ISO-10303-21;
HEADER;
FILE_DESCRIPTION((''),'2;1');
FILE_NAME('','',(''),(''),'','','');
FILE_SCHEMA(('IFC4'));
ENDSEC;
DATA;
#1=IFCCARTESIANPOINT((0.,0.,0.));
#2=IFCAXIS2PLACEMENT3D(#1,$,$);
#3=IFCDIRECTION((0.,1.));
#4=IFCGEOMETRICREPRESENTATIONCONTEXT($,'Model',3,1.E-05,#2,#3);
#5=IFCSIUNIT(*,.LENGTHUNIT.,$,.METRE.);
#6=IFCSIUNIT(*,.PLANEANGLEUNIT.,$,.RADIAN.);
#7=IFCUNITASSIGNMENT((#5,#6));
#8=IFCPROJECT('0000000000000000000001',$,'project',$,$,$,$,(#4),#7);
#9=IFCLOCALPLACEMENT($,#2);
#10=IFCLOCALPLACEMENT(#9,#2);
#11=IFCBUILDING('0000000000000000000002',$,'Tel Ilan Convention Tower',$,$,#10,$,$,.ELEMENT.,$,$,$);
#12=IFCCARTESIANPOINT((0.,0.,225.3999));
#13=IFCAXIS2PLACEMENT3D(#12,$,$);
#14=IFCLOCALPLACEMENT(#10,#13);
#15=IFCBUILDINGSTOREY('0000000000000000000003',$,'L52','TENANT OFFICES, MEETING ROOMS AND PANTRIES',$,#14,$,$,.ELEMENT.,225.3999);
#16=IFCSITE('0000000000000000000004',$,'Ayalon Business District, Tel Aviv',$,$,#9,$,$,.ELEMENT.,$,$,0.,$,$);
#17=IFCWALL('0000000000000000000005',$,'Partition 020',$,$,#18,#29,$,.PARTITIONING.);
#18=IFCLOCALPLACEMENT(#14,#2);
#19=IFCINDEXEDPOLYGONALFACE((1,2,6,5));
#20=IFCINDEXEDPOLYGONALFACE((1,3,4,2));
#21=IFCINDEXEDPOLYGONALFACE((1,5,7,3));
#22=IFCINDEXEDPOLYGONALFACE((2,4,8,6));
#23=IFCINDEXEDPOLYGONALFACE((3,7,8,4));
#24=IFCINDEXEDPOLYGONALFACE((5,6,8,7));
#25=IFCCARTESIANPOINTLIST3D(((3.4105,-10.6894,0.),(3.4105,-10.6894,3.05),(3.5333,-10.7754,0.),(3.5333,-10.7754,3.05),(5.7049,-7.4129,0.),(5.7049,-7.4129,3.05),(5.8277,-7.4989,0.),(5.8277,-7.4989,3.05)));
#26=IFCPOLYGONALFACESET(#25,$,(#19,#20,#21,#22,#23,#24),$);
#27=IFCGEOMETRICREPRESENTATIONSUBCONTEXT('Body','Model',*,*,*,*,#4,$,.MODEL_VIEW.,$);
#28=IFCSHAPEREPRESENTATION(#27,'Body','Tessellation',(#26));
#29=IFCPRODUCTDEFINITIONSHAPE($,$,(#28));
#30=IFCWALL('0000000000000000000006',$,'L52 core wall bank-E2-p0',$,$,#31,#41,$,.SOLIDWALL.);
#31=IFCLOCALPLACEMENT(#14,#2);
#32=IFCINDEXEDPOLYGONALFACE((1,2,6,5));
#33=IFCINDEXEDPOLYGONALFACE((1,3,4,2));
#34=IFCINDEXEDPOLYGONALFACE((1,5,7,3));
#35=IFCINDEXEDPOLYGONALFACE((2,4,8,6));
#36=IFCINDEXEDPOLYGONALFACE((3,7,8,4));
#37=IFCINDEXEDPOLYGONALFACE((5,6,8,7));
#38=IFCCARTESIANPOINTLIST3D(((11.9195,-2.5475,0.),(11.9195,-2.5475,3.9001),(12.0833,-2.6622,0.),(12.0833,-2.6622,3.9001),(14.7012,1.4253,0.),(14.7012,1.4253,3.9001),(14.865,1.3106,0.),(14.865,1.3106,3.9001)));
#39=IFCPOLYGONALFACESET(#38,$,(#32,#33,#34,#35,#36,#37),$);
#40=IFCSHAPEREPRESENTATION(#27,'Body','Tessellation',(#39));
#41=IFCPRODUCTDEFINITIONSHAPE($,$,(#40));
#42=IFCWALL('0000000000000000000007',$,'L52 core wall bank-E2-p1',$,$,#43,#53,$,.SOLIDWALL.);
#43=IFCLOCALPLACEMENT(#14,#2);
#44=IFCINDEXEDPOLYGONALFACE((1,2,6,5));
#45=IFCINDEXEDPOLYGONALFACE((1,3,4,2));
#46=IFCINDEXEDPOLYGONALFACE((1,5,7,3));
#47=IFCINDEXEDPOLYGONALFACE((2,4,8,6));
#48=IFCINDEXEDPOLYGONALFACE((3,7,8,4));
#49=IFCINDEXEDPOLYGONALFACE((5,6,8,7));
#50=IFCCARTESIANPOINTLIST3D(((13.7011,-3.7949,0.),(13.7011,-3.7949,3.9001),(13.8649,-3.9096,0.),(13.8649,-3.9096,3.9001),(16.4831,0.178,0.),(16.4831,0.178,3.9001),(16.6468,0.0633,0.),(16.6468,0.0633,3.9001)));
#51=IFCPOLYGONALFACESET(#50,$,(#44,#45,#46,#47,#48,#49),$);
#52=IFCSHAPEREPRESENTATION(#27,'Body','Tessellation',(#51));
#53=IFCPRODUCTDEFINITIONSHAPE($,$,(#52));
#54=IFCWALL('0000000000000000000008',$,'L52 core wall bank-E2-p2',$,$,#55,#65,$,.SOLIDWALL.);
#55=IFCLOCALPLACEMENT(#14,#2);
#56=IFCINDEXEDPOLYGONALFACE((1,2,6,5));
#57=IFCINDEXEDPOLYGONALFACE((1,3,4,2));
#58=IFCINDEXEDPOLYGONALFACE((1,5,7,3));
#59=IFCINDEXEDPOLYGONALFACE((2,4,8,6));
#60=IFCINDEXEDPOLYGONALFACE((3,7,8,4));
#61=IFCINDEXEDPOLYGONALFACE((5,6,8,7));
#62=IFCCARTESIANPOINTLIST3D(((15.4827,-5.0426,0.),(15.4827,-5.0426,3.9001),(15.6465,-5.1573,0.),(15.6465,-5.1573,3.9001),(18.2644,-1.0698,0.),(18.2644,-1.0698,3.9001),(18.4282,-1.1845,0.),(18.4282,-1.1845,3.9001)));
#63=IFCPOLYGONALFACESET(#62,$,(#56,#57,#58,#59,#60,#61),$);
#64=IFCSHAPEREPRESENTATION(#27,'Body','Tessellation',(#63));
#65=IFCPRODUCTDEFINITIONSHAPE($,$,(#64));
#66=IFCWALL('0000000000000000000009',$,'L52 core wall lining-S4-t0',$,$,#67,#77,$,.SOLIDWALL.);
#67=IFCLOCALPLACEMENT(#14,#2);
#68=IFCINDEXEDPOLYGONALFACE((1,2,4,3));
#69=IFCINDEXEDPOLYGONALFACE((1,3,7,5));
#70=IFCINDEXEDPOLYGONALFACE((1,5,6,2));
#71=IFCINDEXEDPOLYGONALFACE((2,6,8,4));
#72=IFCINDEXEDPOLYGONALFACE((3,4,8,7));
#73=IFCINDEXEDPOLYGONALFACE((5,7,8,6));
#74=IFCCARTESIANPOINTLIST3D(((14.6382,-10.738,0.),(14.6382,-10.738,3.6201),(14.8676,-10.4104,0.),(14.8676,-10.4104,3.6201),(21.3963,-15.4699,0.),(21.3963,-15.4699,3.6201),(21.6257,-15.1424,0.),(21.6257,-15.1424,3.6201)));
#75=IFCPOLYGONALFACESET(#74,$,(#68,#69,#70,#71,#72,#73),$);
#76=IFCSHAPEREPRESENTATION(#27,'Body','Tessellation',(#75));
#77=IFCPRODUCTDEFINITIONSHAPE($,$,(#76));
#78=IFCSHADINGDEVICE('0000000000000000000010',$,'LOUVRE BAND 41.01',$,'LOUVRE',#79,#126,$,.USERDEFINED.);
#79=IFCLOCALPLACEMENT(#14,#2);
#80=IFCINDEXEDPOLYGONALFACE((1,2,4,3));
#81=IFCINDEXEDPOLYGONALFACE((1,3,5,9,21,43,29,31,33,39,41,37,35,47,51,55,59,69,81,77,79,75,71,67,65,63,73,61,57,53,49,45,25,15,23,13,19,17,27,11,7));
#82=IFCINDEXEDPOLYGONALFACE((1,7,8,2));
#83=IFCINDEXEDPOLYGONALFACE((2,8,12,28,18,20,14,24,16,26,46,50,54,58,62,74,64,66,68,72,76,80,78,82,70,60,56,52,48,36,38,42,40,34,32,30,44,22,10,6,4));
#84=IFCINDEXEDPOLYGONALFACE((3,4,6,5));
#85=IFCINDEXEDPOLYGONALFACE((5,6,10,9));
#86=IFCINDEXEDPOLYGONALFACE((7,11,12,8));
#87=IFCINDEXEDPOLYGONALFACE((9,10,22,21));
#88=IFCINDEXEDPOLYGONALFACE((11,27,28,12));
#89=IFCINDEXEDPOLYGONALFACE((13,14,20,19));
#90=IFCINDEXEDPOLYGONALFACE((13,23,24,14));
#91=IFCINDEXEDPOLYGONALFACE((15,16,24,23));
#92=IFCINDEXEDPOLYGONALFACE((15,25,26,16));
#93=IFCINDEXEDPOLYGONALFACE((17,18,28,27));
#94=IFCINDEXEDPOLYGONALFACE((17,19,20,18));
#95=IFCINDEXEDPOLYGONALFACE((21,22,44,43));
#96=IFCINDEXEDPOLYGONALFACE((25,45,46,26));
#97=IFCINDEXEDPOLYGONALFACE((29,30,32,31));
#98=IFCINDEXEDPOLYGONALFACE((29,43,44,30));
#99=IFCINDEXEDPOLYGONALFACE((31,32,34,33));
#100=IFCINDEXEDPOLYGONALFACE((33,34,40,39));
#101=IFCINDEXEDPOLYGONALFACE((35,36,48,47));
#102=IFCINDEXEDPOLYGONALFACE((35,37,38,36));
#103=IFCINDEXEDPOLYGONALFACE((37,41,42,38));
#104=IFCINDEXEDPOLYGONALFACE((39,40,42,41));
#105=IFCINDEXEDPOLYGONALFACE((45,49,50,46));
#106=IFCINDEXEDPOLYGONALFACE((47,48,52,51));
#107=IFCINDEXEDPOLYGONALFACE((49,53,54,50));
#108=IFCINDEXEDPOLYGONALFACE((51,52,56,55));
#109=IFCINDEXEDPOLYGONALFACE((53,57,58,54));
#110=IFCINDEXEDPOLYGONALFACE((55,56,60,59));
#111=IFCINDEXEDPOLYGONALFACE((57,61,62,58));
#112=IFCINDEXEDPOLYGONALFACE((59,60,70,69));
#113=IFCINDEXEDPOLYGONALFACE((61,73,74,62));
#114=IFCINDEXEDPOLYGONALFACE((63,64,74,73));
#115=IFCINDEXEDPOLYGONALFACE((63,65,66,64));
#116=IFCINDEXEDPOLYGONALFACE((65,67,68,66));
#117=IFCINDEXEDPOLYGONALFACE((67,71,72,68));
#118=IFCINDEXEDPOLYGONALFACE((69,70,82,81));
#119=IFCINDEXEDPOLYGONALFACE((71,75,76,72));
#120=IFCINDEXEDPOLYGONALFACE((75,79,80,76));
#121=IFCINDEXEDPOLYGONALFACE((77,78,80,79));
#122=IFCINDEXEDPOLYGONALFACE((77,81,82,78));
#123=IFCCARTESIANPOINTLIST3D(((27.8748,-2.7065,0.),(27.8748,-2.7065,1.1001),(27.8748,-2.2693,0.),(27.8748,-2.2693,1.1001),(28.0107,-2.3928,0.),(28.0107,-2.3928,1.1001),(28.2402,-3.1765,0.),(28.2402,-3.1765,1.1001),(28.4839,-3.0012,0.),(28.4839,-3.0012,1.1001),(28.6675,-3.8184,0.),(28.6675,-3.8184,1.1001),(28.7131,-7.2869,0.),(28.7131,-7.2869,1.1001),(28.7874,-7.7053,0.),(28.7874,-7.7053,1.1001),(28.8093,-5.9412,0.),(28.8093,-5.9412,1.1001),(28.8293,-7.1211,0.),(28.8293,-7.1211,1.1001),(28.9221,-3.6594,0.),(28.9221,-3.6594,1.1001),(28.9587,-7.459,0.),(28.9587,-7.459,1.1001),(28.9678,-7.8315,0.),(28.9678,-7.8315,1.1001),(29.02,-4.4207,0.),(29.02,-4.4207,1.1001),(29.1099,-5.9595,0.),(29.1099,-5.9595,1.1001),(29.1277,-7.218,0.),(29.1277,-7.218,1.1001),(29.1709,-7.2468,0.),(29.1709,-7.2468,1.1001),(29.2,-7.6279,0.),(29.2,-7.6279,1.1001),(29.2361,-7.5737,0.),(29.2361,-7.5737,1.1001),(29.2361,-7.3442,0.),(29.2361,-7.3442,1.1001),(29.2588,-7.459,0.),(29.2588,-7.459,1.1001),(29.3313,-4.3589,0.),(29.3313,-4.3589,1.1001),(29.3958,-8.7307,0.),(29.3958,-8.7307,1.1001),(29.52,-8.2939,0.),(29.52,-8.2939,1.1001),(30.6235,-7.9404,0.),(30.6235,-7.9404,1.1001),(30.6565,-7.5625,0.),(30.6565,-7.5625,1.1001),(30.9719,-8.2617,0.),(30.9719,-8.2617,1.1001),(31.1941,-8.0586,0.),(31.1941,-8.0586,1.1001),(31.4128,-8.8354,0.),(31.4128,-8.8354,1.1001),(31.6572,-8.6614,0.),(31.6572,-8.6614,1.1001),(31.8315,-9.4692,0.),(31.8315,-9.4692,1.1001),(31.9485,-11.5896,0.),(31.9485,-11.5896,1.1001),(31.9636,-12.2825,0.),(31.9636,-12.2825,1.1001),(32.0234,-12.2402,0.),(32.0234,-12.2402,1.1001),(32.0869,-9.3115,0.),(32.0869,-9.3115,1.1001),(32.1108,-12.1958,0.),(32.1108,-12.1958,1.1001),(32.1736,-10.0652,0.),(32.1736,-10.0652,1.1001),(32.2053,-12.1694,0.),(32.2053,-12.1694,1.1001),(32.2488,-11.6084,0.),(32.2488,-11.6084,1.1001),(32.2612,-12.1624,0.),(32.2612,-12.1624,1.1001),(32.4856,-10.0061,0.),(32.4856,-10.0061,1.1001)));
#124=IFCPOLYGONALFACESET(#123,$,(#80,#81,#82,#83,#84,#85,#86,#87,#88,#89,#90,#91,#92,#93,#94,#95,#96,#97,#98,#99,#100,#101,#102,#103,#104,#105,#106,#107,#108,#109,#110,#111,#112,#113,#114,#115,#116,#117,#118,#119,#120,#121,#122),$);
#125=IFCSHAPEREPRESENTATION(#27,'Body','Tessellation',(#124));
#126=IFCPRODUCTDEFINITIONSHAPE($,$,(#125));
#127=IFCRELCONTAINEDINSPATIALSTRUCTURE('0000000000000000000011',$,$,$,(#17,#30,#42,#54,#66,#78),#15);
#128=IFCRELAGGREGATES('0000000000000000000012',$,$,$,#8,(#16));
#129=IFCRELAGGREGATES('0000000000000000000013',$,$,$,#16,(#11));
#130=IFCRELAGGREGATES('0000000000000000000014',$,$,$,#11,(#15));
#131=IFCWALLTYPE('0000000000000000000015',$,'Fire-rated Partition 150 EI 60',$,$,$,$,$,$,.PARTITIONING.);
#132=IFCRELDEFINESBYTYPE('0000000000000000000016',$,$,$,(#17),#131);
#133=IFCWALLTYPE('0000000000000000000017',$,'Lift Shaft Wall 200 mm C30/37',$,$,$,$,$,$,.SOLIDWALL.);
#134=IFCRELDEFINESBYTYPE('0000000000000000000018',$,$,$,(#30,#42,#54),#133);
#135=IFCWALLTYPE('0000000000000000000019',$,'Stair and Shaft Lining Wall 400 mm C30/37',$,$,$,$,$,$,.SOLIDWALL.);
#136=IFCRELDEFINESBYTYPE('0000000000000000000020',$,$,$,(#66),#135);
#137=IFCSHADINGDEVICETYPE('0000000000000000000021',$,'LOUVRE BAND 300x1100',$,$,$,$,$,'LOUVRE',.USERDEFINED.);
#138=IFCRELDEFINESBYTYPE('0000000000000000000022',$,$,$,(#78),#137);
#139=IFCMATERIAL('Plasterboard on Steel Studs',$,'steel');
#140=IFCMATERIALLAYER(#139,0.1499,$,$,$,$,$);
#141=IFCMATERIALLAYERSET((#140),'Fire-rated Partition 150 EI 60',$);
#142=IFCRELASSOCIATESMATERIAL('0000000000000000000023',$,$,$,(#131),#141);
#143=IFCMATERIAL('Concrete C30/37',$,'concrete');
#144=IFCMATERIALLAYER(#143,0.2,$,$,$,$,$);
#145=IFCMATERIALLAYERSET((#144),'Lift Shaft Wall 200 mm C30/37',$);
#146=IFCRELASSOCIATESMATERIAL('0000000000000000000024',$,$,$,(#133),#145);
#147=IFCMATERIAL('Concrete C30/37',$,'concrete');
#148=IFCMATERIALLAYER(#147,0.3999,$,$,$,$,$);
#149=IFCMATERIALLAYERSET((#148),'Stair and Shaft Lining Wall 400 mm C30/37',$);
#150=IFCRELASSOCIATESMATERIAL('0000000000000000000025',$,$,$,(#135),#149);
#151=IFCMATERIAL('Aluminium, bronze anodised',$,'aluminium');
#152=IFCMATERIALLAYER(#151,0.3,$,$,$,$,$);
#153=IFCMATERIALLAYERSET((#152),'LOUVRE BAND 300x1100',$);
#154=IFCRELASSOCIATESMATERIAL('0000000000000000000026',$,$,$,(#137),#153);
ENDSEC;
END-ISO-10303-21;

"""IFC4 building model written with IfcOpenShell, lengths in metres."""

from ifc_helpers import new_model, si_unit, direction, frame, frame_2d, origin, place, context, subcontext, project, spatial, polyline, rectangle, outline, extrude, material, layer, layer_set, type_object, element, save


model = new_model("IFC4")

# Units and contexts
model_context = context("Model", 3, precision=1e-05, world=origin(), true_north=direction((0.0, 1.0)))
body_context = subcontext(model_context, "Body", "Model", "MODEL_VIEW")
ifc_project = project(units=[si_unit("LENGTHUNIT", "METRE"), si_unit("PLANEANGLEUNIT", "RADIAN")], contexts=[model_context])

# Site, building, storey
site_placement = place(None, origin())
site = spatial("IfcSite", under=ifc_project, at=site_placement, Name="Ayalon Business District, Tel Aviv", CompositionType="ELEMENT", RefElevation=0.0)
building_placement = place(site_placement, origin())
building = spatial("IfcBuilding", under=site, at=building_placement, Name="Tel Ilan Convention Tower", CompositionType="ELEMENT")
storey_placement = place(building_placement, frame((0.0, 0.0, 225.3999)))
storey = spatial("IfcBuildingStorey", under=building, at=storey_placement, Name="L52", Description="TENANT OFFICES, MEETING ROOMS AND PANTRIES", CompositionType="ELEMENT", Elevation=225.3999)

# Shared definitions
ifc_material_1 = material(Name="Plasterboard on Steel Studs", Category="steel")
ifc_layer_1 = layer(ifc_material_1, 0.1499)
ifc_layer_set_1 = layer_set([ifc_layer_1], Name="Fire-rated Partition 150 EI 60")
wall_type_1 = type_object("IfcWallType", Name="Fire-rated Partition 150 EI 60", PredefinedType="PARTITIONING", material=ifc_layer_set_1)

# Walls
for number, where, z_axis, x_axis, name in (
    (1, (3.4719, -10.7324, 0.0), (0.0, 0.0, 1.0), (0.573598, 0.819137, 0.0), "Partition 020"),
):
    element("IfcWall", number, at=place(storey_placement, frame(where, z_axis=z_axis, x_axis=x_axis)), inside=storey, type_object=wall_type_1, Name=name, PredefinedType="PARTITIONING", context=body_context, shape_type="SweptSolid", body=[
        extrude(rectangle(XDim=4.0, YDim=0.1499, at=frame_2d((2.0, 0.0))), origin(), (0.0, 0.0, 1.0), 3.05),
    ])
ifc_material_2 = material(Name="Concrete C30/37", Category="concrete")
ifc_layer_2 = layer(ifc_material_2, 0.2)
ifc_layer_set_2 = layer_set([ifc_layer_2], Name="Lift Shaft Wall 200 mm C30/37")
wall_type_2 = type_object("IfcWallType", Name="Lift Shaft Wall 200 mm C30/37", PredefinedType="SOLIDWALL", material=ifc_layer_set_2)
wall_1_placement = place(storey_placement, frame((12.0015, -2.6047, 0.0), z_axis=(0.0, 0.0, 1.0), x_axis=(0.57356, 0.819163, 0.0)))
element("IfcWall", 2, at=wall_1_placement, inside=storey, type_object=wall_type_2, Name="L52 core wall bank-E2-p0", PredefinedType="SOLIDWALL", context=body_context, shape_type="SweptSolid", body=[
    extrude(rectangle(XDim=4.8499, YDim=0.2, at=frame_2d((2.4248, 0.0))), origin(), (0.0, 0.0, 1.0), 3.9001),
])
wall_2_placement = place(storey_placement, frame((13.783, -3.8523, 0.0), z_axis=(0.0, 0.0, 1.0), x_axis=(0.573594, 0.81914, 0.0)))
element("IfcWall", 3, at=wall_2_placement, inside=storey, type_object=wall_type_2, Name="L52 core wall bank-E2-p1", PredefinedType="SOLIDWALL", context=body_context, shape_type="SweptSolid", body=[
    extrude(rectangle(XDim=4.8501, YDim=0.2, at=frame_2d((2.425, 0.0))), origin(), (0.0, 0.0, 1.0), 3.9001),
])
wall_3_placement = place(storey_placement, frame((15.5647, -5.0999, 0.0), z_axis=(0.0, 0.0, 1.0), x_axis=(0.57356, 0.819163, 0.0)))
element("IfcWall", 4, at=wall_3_placement, inside=storey, type_object=wall_type_2, Name="L52 core wall bank-E2-p2", PredefinedType="SOLIDWALL", context=body_context, shape_type="SweptSolid", body=[
    extrude(rectangle(XDim=4.8499, YDim=0.2, at=frame_2d((2.4248, 0.0))), origin(), (0.0, 0.0, 1.0), 3.9001),
])
ifc_material_3 = material(Name="Concrete C30/37", Category="concrete")
ifc_layer_3 = layer(ifc_material_3, 0.3999)
ifc_layer_set_3 = layer_set([ifc_layer_3], Name="Stair and Shaft Lining Wall 400 mm C30/37")
wall_type_3 = type_object("IfcWallType", Name="Stair and Shaft Lining Wall 400 mm C30/37", PredefinedType="SOLIDWALL", material=ifc_layer_set_3)
wall_4_placement = place(storey_placement, frame((14.7529, -10.5742, 0.0), z_axis=(0.0, 0.0, 1.0), x_axis=(0.819158, -0.573568, 0.0)))
element("IfcWall", 5, at=wall_4_placement, inside=storey, type_object=wall_type_3, Name="L52 core wall lining-S4-t0", PredefinedType="SOLIDWALL", context=body_context, shape_type="SweptSolid", body=[
    extrude(rectangle(XDim=8.25, YDim=0.3999, at=frame_2d((4.125, 0.0))), origin(), (0.0, 0.0, 1.0), 3.6201),
])

# Shading device
ifc_material_4 = material(Name="Aluminium, bronze anodised", Category="aluminium")
ifc_layer_4 = layer(ifc_material_4, 0.3)
ifc_layer_set_4 = layer_set([ifc_layer_4], Name="LOUVRE BAND 300x1100")
shading_device_type = type_object("IfcShadingDeviceType", Name="LOUVRE BAND 300x1100", ElementType="LOUVRE", PredefinedType="USERDEFINED", material=ifc_layer_set_4)
shading_device_1_placement = place(storey_placement, origin())
element("IfcShadingDevice", 6, at=shading_device_1_placement, inside=storey, type_object=shading_device_type, Name="LOUVRE BAND 41.01", ObjectType="LOUVRE", PredefinedType="USERDEFINED", context=body_context, shape_type="SweptSolid", body=[
    extrude(outline(polyline([(28.0107, -2.3928), (27.8748, -2.2693), (27.8748, -2.7065), (28.2402, -3.1765), (28.6675, -3.8184), (29.02, -4.4207), (28.8093, -5.9412), (28.8293, -7.1211), (28.7131, -7.2869), (28.9587, -7.459), (28.7874, -7.7053), (28.9678, -7.8315), (29.3958, -8.7307), (30.6235, -7.9404), (30.9719, -8.2617), (31.4128, -8.8354), (31.8315, -9.4692), (32.1736, -10.0652), (31.9485, -11.5896), (31.9636, -12.2825), (32.0234, -12.2402), (32.1108, -12.1958), (32.2053, -12.1694), (32.2612, -12.1624), (32.2488, -11.6084), (32.4856, -10.0061), (32.0869, -9.3115), (31.6572, -8.6614), (31.1941, -8.0586), (30.6565, -7.5625), (29.52, -8.2939), (29.2, -7.6279), (29.2361, -7.5737), (29.2588, -7.459), (29.2361, -7.3442), (29.1709, -7.2468), (29.1277, -7.218), (29.1099, -5.9595), (29.3313, -4.3589), (28.9221, -3.6594), (28.4839, -3.0012), (28.0107, -2.3928)])), origin(), (0.0, 0.0, 1.0), 1.1001),
])

save(model, "model.ifc")
